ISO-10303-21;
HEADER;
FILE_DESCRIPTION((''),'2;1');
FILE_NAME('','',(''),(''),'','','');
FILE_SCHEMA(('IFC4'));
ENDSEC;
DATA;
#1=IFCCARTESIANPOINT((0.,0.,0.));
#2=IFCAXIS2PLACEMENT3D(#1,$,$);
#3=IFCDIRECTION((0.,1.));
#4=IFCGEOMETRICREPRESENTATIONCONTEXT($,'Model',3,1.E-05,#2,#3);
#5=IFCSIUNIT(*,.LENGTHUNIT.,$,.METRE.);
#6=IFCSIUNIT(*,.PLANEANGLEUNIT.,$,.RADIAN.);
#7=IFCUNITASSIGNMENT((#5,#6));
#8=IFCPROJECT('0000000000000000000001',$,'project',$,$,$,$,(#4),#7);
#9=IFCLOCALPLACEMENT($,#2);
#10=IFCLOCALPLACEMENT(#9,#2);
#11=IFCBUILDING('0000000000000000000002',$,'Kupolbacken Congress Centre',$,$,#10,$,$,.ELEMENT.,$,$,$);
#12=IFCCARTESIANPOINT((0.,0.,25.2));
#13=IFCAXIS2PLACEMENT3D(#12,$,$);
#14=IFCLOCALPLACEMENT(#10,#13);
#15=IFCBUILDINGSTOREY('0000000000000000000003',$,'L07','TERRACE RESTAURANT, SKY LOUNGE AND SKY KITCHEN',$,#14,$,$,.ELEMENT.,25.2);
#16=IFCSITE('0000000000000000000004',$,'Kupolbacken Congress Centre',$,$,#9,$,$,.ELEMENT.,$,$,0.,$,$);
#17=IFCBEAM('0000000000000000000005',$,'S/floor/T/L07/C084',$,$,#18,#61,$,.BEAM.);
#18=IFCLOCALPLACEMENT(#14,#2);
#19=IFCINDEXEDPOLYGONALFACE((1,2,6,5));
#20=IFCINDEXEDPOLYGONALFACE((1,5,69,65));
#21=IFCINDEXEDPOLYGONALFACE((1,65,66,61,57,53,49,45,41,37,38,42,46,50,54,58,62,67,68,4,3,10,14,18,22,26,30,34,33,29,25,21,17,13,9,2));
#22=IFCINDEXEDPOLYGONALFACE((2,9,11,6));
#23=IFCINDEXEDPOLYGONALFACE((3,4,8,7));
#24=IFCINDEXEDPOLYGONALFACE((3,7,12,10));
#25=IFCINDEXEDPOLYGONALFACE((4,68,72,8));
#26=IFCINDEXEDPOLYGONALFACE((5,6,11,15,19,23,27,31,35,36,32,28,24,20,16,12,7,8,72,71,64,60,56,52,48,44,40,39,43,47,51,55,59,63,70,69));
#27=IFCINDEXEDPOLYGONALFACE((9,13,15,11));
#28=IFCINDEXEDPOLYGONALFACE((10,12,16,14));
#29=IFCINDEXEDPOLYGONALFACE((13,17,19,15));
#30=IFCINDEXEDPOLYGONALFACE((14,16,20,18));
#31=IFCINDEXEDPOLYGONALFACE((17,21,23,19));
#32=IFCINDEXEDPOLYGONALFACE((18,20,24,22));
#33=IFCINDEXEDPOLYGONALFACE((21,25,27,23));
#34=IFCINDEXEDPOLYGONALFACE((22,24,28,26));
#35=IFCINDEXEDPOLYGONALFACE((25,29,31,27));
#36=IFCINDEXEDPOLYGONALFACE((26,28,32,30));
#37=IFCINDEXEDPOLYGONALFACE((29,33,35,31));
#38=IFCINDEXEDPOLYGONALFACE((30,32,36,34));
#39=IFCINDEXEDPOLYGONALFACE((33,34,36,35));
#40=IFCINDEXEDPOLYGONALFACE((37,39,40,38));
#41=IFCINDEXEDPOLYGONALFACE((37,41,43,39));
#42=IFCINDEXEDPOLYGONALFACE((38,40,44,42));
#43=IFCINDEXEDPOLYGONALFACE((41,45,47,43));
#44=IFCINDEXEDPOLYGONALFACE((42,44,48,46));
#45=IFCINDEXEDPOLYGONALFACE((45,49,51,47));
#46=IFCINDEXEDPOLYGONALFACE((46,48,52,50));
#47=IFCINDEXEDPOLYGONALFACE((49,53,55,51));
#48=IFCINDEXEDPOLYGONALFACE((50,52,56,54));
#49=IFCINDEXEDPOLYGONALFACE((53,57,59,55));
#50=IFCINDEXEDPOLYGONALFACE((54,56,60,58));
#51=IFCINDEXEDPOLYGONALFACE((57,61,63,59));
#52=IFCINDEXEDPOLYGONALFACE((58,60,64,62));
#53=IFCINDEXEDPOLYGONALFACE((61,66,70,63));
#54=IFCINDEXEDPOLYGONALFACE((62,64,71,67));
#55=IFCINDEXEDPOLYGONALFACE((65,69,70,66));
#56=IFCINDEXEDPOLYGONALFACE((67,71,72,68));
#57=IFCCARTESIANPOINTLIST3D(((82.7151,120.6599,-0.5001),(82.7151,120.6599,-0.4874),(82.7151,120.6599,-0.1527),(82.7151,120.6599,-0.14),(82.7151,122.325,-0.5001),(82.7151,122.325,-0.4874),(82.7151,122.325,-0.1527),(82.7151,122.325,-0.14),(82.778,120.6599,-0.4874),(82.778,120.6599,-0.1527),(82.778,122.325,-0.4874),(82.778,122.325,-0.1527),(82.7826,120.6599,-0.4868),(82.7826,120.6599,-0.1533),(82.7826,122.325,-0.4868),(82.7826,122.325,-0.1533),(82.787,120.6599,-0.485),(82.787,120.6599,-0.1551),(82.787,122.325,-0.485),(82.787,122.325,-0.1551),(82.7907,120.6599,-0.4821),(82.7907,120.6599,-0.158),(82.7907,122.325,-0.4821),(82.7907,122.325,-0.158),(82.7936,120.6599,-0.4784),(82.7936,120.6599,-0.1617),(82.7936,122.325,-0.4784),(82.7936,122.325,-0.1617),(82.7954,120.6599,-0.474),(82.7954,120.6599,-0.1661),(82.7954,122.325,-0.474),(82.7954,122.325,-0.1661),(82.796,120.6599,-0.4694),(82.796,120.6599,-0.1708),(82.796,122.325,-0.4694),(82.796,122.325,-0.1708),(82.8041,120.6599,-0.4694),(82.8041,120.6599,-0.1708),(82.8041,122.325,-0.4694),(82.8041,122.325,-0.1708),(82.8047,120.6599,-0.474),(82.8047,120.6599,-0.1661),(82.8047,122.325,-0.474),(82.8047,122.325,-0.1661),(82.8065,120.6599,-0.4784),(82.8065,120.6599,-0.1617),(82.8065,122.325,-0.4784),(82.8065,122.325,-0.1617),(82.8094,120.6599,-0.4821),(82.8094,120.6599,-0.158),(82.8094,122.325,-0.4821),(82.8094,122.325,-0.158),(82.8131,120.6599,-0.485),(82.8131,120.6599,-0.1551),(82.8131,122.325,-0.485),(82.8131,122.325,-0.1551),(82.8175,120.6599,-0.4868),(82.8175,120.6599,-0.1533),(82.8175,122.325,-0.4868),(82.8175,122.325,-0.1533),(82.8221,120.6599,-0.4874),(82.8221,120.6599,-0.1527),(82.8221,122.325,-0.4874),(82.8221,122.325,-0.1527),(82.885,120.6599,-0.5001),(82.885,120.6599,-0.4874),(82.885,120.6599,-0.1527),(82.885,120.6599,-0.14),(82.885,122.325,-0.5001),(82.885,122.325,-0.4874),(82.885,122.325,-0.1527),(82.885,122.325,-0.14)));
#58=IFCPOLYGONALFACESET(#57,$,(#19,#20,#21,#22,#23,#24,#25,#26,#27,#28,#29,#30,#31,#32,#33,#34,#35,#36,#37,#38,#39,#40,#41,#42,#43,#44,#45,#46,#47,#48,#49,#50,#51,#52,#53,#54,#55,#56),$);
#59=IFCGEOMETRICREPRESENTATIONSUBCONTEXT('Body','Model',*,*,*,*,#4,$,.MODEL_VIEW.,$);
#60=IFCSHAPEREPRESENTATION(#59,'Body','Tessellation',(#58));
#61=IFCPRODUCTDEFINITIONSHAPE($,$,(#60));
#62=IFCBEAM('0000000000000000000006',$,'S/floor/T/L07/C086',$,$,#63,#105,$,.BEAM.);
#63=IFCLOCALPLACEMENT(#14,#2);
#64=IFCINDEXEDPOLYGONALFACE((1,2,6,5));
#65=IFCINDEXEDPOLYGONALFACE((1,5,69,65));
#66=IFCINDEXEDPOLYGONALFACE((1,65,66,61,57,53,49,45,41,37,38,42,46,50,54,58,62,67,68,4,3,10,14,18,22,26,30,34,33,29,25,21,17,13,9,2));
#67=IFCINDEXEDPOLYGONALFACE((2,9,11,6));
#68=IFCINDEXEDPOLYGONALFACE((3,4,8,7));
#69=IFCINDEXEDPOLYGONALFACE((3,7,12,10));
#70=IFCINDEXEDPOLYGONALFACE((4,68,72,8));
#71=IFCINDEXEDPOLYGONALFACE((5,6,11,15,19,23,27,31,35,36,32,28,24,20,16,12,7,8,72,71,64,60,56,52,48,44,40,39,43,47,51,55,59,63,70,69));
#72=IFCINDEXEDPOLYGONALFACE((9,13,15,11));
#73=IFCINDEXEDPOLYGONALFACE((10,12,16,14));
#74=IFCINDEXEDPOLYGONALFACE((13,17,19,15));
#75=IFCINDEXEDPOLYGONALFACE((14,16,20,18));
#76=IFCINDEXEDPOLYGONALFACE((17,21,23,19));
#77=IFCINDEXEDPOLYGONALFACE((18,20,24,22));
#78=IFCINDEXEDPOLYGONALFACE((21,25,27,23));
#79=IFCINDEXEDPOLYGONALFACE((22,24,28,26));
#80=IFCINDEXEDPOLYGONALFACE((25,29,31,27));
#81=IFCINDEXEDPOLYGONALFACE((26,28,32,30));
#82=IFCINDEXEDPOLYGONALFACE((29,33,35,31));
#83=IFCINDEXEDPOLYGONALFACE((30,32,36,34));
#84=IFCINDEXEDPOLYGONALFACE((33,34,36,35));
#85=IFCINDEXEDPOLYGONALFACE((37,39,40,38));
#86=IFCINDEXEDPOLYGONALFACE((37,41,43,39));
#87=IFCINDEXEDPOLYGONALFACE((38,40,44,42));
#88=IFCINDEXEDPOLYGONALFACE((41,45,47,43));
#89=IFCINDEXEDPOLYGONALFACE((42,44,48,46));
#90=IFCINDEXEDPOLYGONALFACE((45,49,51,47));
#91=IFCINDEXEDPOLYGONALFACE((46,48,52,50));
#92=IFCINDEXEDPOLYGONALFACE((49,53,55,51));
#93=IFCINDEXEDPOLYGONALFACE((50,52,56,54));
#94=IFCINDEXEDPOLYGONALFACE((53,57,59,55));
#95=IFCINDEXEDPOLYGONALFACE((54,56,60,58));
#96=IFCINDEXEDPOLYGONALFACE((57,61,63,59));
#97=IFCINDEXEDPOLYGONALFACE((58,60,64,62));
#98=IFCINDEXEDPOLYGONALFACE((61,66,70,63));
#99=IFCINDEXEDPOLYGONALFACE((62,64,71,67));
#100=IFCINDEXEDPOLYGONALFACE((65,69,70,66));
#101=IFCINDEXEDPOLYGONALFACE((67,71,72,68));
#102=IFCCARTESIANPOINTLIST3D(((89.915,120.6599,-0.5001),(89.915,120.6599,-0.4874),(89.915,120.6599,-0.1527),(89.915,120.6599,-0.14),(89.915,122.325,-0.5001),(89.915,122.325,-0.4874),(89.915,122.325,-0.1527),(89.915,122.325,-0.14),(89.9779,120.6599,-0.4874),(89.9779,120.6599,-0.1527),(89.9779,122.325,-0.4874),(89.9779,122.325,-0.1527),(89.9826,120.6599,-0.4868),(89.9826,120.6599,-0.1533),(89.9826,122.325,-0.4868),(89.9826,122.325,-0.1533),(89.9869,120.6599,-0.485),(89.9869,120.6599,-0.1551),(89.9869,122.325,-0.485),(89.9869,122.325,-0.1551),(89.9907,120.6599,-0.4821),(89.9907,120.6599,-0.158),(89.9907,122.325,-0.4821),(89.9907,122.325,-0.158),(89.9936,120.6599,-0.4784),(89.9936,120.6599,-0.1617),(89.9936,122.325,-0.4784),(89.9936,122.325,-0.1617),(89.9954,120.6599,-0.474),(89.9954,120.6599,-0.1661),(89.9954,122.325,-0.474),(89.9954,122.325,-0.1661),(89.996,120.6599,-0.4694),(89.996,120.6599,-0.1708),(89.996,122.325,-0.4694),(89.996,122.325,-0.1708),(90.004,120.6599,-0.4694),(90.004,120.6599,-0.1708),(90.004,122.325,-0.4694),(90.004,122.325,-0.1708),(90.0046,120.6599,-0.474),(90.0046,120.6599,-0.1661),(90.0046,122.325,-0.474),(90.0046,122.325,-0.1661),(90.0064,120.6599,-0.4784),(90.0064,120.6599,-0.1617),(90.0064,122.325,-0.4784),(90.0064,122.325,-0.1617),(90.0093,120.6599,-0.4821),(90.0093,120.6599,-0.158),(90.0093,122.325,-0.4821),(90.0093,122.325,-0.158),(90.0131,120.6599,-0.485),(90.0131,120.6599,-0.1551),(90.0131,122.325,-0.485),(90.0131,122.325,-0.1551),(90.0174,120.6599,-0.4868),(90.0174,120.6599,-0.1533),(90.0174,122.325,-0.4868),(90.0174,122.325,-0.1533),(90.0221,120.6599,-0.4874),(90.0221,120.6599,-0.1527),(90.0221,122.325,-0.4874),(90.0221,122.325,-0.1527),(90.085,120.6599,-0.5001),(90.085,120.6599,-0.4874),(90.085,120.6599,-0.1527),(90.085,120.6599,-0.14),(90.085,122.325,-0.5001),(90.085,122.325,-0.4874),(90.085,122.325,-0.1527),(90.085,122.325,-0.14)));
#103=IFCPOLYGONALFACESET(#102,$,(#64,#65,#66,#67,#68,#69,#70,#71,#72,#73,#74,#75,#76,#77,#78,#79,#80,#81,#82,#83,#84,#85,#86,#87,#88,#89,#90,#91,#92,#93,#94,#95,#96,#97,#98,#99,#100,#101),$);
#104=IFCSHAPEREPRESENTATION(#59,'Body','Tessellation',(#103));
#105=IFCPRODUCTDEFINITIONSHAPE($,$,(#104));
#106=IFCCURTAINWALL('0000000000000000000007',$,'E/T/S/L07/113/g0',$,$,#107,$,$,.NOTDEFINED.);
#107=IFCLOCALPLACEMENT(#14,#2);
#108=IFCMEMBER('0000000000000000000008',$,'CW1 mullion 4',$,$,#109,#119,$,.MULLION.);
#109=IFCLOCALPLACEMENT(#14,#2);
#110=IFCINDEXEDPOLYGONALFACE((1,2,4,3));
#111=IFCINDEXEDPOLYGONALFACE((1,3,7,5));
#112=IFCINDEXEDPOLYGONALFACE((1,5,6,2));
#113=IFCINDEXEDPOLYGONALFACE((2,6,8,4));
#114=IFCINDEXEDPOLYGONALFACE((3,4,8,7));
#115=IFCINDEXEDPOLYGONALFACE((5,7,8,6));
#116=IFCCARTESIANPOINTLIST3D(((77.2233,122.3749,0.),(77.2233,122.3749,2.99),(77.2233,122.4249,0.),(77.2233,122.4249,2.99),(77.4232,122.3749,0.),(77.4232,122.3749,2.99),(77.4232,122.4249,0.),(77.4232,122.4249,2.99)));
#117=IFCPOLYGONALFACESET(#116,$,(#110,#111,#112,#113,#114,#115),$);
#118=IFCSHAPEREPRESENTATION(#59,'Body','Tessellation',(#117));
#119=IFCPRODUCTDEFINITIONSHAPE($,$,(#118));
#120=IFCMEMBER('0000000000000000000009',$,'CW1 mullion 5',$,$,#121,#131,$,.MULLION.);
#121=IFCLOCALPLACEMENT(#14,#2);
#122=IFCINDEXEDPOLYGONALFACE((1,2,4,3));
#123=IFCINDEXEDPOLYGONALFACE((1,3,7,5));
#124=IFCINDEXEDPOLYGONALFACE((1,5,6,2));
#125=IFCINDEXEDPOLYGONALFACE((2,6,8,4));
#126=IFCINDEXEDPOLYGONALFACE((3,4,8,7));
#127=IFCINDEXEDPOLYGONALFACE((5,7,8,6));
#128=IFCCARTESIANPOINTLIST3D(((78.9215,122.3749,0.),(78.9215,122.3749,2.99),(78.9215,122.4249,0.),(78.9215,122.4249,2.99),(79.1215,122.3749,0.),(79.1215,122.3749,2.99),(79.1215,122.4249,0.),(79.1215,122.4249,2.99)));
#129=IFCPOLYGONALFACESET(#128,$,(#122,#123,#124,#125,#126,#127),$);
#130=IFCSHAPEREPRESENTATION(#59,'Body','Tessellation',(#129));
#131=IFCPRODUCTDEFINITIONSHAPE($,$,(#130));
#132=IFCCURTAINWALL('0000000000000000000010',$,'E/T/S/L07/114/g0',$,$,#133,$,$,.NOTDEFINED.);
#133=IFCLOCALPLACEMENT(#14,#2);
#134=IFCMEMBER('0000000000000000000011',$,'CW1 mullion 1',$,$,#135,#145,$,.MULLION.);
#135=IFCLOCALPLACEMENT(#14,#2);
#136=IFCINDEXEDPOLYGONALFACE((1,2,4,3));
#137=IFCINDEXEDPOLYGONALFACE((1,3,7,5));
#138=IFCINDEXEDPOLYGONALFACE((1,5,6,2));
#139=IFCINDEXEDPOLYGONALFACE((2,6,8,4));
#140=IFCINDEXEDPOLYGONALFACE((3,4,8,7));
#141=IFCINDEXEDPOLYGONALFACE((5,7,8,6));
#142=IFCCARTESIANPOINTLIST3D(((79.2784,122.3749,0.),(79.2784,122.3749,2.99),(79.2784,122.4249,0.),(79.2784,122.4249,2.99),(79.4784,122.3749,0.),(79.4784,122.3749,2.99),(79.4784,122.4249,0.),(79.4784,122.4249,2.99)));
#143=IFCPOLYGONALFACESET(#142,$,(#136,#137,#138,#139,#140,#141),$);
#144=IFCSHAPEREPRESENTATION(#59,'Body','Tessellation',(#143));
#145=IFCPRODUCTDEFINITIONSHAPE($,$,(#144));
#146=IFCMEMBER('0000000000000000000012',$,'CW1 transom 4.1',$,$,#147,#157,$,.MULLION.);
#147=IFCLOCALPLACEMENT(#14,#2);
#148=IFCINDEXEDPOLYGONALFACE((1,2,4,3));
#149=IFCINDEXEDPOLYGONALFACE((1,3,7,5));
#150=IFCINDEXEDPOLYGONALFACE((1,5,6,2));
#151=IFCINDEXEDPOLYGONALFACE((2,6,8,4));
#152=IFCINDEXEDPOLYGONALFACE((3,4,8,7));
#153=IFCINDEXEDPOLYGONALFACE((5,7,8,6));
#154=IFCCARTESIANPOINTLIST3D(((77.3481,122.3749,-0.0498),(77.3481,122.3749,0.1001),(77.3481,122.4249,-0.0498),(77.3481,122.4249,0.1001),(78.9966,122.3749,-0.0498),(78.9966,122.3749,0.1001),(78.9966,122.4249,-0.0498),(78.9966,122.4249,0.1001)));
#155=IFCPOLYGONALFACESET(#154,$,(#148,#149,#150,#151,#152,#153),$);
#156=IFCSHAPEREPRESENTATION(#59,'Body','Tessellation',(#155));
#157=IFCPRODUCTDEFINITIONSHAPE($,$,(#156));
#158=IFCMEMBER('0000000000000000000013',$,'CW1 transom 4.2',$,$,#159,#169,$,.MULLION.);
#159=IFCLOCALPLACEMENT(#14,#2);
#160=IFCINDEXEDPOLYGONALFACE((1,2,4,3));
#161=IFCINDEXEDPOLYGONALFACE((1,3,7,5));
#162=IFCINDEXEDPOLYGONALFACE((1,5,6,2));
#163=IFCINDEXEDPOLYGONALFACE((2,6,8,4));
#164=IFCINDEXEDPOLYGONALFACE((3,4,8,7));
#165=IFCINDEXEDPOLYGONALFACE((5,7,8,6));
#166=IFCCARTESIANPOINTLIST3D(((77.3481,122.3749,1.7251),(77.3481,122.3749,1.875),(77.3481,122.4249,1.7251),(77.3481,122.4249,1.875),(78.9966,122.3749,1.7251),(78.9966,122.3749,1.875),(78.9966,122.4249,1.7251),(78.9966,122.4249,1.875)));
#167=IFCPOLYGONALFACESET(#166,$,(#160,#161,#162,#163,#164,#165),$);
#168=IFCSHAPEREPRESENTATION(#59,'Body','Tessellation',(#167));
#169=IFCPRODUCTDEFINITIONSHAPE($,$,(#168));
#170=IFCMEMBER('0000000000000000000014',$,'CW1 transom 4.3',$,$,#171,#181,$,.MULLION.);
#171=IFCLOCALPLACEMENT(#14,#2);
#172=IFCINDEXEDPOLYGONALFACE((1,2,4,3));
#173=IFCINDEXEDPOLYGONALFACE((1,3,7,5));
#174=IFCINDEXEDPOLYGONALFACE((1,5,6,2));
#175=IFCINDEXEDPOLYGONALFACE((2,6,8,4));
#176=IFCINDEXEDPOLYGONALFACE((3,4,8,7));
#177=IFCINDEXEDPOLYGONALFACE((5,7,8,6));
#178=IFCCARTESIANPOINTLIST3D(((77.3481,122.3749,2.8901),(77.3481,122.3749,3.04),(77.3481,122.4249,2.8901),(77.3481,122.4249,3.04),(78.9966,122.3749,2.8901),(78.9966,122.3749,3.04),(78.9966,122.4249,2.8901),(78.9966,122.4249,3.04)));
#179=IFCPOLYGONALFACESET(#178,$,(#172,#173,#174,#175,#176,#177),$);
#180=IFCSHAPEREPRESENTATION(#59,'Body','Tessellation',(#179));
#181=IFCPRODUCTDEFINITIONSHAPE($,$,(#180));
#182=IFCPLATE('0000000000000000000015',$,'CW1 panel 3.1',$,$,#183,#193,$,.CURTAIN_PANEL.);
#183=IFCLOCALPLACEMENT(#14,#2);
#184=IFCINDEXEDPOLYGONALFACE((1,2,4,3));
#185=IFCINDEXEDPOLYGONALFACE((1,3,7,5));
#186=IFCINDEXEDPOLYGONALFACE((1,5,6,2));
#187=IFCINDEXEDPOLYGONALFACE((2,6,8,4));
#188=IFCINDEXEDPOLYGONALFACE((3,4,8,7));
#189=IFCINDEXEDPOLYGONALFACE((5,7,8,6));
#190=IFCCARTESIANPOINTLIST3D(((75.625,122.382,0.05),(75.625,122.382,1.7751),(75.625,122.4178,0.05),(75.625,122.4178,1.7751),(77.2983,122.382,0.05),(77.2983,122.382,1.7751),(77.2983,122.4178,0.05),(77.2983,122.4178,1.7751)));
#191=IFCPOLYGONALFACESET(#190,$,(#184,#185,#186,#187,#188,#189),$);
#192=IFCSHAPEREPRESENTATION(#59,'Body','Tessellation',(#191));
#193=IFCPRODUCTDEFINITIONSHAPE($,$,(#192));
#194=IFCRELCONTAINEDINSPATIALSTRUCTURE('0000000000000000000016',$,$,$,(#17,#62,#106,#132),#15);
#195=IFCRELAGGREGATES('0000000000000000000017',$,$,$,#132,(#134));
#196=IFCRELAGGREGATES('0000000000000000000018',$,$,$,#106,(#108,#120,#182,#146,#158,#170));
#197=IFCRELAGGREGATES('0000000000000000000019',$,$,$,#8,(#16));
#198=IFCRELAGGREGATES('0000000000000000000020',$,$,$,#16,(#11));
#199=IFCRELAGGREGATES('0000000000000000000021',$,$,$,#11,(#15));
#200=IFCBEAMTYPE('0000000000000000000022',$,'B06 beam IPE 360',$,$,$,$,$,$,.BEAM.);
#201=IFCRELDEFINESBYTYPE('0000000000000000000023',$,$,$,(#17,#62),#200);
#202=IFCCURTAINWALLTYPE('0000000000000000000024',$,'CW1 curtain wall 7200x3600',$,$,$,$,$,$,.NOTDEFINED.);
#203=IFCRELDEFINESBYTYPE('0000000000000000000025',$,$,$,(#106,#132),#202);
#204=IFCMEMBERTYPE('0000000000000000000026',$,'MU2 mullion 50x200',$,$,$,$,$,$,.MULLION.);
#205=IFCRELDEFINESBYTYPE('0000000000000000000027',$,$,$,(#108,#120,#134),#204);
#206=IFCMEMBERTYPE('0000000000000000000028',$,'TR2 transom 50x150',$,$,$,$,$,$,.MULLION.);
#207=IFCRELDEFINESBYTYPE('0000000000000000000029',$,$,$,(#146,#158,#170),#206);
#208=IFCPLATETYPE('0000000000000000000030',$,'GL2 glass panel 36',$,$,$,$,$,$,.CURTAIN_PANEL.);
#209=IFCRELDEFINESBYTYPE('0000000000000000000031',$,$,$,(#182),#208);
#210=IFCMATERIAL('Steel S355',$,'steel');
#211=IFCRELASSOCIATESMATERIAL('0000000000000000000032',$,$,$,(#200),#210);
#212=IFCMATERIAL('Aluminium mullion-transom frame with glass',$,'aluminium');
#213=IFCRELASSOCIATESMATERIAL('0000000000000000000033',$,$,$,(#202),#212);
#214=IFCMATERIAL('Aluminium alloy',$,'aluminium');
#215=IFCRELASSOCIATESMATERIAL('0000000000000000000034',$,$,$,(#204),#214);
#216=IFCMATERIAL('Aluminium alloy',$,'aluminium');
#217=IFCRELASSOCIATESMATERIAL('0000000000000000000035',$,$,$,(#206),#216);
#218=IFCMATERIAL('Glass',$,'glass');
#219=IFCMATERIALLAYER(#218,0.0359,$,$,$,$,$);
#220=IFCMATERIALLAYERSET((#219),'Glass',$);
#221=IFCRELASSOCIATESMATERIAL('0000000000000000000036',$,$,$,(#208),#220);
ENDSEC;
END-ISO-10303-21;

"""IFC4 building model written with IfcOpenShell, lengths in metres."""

from ifc_helpers import new_model, si_unit, direction, frame, origin, origin_2d, place, context, subcontext, project, spatial, rectangle, i_section, extrude, material, layer, layer_set, material_profile, profile_set, type_object, element, aggregate, save


model = new_model("IFC4")

# Units and contexts
model_context = context("Model", 3, precision=1e-05, world=origin(), true_north=direction((0.0, 1.0)))
body_context = subcontext(model_context, "Body", "Model", "MODEL_VIEW")
ifc_project = project(units=[si_unit("LENGTHUNIT", "METRE"), si_unit("PLANEANGLEUNIT", "RADIAN")], contexts=[model_context])

# Site, building, storey
site_placement = place(None, origin())
site = spatial("IfcSite", under=ifc_project, at=site_placement, Name="Kupolbacken Congress Centre", CompositionType="ELEMENT", RefElevation=0.0)
building_placement = place(site_placement, origin())
building = spatial("IfcBuilding", under=site, at=building_placement, Name="Kupolbacken Congress Centre", CompositionType="ELEMENT")
storey_placement = place(building_placement, frame((0.0, 0.0, 25.2)))
storey = spatial("IfcBuildingStorey", under=building, at=storey_placement, Name="L07", Description="TERRACE RESTAURANT, SKY LOUNGE AND SKY KITCHEN", CompositionType="ELEMENT", Elevation=25.2)

# Beams
ifc_material_1 = material(Name="Steel S355", Category="steel")
ifc_material_profile_1 = material_profile(ifc_material_1, i_section(OverallWidth=0.1699, OverallDepth=0.3601, WebThickness=0.0081, FlangeThickness=0.0127, FilletRadius=0.0181, at=origin_2d()), Name="IPE 360")
ifc_profile_set_1 = profile_set([ifc_material_profile_1], Name="Steel S355")
beam_type_1 = type_object("IfcBeamType", Name="B06 beam IPE 360", PredefinedType="BEAM", material=ifc_profile_set_1)
for number, where, z_axis, x_axis, name in (
    (1, (82.8, 122.325, -0.3201), (0.0, -1.0, 0.0), (1.0, 0.0, 0.0), "S/floor/T/L07/C084"),
    (2, (90.0, 122.325, -0.3201), (0.0, -1.0, 0.0), (1.0, 0.0, 0.0), "S/floor/T/L07/C086"),
):
    element("IfcBeam", number, at=place(storey_placement, frame(where, z_axis=z_axis, x_axis=x_axis)), inside=storey, type_object=beam_type_1, Name=name, PredefinedType="BEAM", context=body_context, shape_type="SweptSolid", body=[
        extrude(i_section(OverallWidth=0.1699, OverallDepth=0.3601, WebThickness=0.0081, FlangeThickness=0.0127, FilletRadius=0.0181, at=origin_2d()), origin(), (0.0, 0.0, 1.0), 1.665),
    ])

# Curtain wall, members
ifc_material_2 = material(Name="Aluminium mullion-transom frame with glass", Category="aluminium")
curtain_wall_type = type_object("IfcCurtainWallType", Name="CW1 curtain wall 7200x3600", PredefinedType="NOTDEFINED", material=ifc_material_2)
curtain_wall_1_placement = place(storey_placement, origin())
curtain_wall_1 = element("IfcCurtainWall", 3, at=curtain_wall_1_placement, inside=storey, type_object=curtain_wall_type, Name="E/T/S/L07/113/g0", PredefinedType="NOTDEFINED")
ifc_material_3 = material(Name="Aluminium alloy", Category="aluminium")
ifc_material_profile_2 = material_profile(ifc_material_3, rectangle(XDim=0.05, YDim=0.2, at=origin_2d()), Name="50 x 200")
ifc_profile_set_2 = profile_set([ifc_material_profile_2], Name="Aluminium alloy")
member_type_1 = type_object("IfcMemberType", Name="MU2 mullion 50x200", PredefinedType="MULLION", material=ifc_profile_set_2)
member_1_placement = place(storey_placement, frame((77.3232, 122.3999, 0.0), z_axis=(0.0, 0.0, 1.0), x_axis=(0.0, 1.0, 0.0)))
member_1 = element("IfcMember", 4, at=member_1_placement, type_object=member_type_1, Name="CW1 mullion 4", PredefinedType="MULLION", context=body_context, shape_type="SweptSolid", body=[
    extrude(rectangle(XDim=0.05, YDim=0.2, at=origin_2d()), origin(), (0.0, 0.0, 1.0), 2.99),
])
member_2_placement = place(storey_placement, frame((79.0215, 122.3999, 0.0), z_axis=(0.0, 0.0, 1.0), x_axis=(0.0, 1.0, 0.0)))
member_2 = element("IfcMember", 5, at=member_2_placement, type_object=member_type_1, Name="CW1 mullion 5", PredefinedType="MULLION", context=body_context, shape_type="SweptSolid", body=[
    extrude(rectangle(XDim=0.05, YDim=0.2, at=origin_2d()), origin(), (0.0, 0.0, 1.0), 2.99),
])

# Curtain wall, member
curtain_wall_2_placement = place(storey_placement, origin())
curtain_wall_2 = element("IfcCurtainWall", 6, at=curtain_wall_2_placement, inside=storey, type_object=curtain_wall_type, Name="E/T/S/L07/114/g0", PredefinedType="NOTDEFINED")
member_3_placement = place(storey_placement, frame((79.3784, 122.3999, 0.0), z_axis=(0.0, 0.0, 1.0), x_axis=(0.0, 1.0, 0.0)))
member_3 = element("IfcMember", 7, at=member_3_placement, type_object=member_type_1, Name="CW1 mullion 1", PredefinedType="MULLION", context=body_context, shape_type="SweptSolid", body=[
    extrude(rectangle(XDim=0.05, YDim=0.2, at=origin_2d()), origin(), (0.0, 0.0, 1.0), 2.99),
])
aggregate(curtain_wall_2, [member_3])

# Members
ifc_material_4 = material(Name="Aluminium alloy", Category="aluminium")
ifc_material_profile_3 = material_profile(ifc_material_4, rectangle(XDim=0.05, YDim=0.1499, at=origin_2d()), Name="50 x 150")
ifc_profile_set_3 = profile_set([ifc_material_profile_3], Name="Aluminium alloy")
member_type_2 = type_object("IfcMemberType", Name="TR2 transom 50x150", PredefinedType="MULLION", material=ifc_profile_set_3)
member_4_placement = place(storey_placement, frame((77.3481, 122.3999, 0.0251), z_axis=(1.0, 0.0, 0.0), x_axis=(0.0, 1.0, 0.0)))
member_4 = element("IfcMember", 8, at=member_4_placement, type_object=member_type_2, Name="CW1 transom 4.1", PredefinedType="MULLION", context=body_context, shape_type="SweptSolid", body=[
    extrude(rectangle(XDim=0.05, YDim=0.1499, at=origin_2d()), origin(), (0.0, 0.0, 1.0), 1.6484),
])
member_5_placement = place(storey_placement, frame((77.3481, 122.3999, 1.8), z_axis=(1.0, 0.0, 0.0), x_axis=(0.0, 1.0, 0.0)))
member_5 = element("IfcMember", 9, at=member_5_placement, type_object=member_type_2, Name="CW1 transom 4.2", PredefinedType="MULLION", context=body_context, shape_type="SweptSolid", body=[
    extrude(rectangle(XDim=0.05, YDim=0.1499, at=origin_2d()), origin(), (0.0, 0.0, 1.0), 1.6484),
])
member_6_placement = place(storey_placement, frame((77.3481, 122.3999, 2.9651), z_axis=(1.0, 0.0, 0.0), x_axis=(0.0, 1.0, 0.0)))
member_6 = element("IfcMember", 10, at=member_6_placement, type_object=member_type_2, Name="CW1 transom 4.3", PredefinedType="MULLION", context=body_context, shape_type="SweptSolid", body=[
    extrude(rectangle(XDim=0.05, YDim=0.1499, at=origin_2d()), origin(), (0.0, 0.0, 1.0), 1.6484),
])

# Plate
ifc_material_5 = material(Name="Glass", Category="glass")
ifc_layer_1 = layer(ifc_material_5, 0.0359)
ifc_layer_set_1 = layer_set([ifc_layer_1], Name="Glass")
plate_type = type_object("IfcPlateType", Name="GL2 glass panel 36", PredefinedType="CURTAIN_PANEL", material=ifc_layer_set_1)
plate_1_placement = place(storey_placement, frame((76.4617, 122.3999, 0.05), z_axis=(0.0, 0.0, 1.0), x_axis=(1.0, 0.0, 0.0)))
plate_1 = element("IfcPlate", 11, at=plate_1_placement, type_object=plate_type, Name="CW1 panel 3.1", PredefinedType="CURTAIN_PANEL", context=body_context, shape_type="SweptSolid", body=[
    extrude(rectangle(XDim=1.6733, YDim=0.0359, at=origin_2d()), origin(), (0.0, 0.0, 1.0), 1.7251),
])
aggregate(curtain_wall_1, [member_1, member_2, plate_1, member_4, member_5, member_6])

save(model, "model.ifc")
